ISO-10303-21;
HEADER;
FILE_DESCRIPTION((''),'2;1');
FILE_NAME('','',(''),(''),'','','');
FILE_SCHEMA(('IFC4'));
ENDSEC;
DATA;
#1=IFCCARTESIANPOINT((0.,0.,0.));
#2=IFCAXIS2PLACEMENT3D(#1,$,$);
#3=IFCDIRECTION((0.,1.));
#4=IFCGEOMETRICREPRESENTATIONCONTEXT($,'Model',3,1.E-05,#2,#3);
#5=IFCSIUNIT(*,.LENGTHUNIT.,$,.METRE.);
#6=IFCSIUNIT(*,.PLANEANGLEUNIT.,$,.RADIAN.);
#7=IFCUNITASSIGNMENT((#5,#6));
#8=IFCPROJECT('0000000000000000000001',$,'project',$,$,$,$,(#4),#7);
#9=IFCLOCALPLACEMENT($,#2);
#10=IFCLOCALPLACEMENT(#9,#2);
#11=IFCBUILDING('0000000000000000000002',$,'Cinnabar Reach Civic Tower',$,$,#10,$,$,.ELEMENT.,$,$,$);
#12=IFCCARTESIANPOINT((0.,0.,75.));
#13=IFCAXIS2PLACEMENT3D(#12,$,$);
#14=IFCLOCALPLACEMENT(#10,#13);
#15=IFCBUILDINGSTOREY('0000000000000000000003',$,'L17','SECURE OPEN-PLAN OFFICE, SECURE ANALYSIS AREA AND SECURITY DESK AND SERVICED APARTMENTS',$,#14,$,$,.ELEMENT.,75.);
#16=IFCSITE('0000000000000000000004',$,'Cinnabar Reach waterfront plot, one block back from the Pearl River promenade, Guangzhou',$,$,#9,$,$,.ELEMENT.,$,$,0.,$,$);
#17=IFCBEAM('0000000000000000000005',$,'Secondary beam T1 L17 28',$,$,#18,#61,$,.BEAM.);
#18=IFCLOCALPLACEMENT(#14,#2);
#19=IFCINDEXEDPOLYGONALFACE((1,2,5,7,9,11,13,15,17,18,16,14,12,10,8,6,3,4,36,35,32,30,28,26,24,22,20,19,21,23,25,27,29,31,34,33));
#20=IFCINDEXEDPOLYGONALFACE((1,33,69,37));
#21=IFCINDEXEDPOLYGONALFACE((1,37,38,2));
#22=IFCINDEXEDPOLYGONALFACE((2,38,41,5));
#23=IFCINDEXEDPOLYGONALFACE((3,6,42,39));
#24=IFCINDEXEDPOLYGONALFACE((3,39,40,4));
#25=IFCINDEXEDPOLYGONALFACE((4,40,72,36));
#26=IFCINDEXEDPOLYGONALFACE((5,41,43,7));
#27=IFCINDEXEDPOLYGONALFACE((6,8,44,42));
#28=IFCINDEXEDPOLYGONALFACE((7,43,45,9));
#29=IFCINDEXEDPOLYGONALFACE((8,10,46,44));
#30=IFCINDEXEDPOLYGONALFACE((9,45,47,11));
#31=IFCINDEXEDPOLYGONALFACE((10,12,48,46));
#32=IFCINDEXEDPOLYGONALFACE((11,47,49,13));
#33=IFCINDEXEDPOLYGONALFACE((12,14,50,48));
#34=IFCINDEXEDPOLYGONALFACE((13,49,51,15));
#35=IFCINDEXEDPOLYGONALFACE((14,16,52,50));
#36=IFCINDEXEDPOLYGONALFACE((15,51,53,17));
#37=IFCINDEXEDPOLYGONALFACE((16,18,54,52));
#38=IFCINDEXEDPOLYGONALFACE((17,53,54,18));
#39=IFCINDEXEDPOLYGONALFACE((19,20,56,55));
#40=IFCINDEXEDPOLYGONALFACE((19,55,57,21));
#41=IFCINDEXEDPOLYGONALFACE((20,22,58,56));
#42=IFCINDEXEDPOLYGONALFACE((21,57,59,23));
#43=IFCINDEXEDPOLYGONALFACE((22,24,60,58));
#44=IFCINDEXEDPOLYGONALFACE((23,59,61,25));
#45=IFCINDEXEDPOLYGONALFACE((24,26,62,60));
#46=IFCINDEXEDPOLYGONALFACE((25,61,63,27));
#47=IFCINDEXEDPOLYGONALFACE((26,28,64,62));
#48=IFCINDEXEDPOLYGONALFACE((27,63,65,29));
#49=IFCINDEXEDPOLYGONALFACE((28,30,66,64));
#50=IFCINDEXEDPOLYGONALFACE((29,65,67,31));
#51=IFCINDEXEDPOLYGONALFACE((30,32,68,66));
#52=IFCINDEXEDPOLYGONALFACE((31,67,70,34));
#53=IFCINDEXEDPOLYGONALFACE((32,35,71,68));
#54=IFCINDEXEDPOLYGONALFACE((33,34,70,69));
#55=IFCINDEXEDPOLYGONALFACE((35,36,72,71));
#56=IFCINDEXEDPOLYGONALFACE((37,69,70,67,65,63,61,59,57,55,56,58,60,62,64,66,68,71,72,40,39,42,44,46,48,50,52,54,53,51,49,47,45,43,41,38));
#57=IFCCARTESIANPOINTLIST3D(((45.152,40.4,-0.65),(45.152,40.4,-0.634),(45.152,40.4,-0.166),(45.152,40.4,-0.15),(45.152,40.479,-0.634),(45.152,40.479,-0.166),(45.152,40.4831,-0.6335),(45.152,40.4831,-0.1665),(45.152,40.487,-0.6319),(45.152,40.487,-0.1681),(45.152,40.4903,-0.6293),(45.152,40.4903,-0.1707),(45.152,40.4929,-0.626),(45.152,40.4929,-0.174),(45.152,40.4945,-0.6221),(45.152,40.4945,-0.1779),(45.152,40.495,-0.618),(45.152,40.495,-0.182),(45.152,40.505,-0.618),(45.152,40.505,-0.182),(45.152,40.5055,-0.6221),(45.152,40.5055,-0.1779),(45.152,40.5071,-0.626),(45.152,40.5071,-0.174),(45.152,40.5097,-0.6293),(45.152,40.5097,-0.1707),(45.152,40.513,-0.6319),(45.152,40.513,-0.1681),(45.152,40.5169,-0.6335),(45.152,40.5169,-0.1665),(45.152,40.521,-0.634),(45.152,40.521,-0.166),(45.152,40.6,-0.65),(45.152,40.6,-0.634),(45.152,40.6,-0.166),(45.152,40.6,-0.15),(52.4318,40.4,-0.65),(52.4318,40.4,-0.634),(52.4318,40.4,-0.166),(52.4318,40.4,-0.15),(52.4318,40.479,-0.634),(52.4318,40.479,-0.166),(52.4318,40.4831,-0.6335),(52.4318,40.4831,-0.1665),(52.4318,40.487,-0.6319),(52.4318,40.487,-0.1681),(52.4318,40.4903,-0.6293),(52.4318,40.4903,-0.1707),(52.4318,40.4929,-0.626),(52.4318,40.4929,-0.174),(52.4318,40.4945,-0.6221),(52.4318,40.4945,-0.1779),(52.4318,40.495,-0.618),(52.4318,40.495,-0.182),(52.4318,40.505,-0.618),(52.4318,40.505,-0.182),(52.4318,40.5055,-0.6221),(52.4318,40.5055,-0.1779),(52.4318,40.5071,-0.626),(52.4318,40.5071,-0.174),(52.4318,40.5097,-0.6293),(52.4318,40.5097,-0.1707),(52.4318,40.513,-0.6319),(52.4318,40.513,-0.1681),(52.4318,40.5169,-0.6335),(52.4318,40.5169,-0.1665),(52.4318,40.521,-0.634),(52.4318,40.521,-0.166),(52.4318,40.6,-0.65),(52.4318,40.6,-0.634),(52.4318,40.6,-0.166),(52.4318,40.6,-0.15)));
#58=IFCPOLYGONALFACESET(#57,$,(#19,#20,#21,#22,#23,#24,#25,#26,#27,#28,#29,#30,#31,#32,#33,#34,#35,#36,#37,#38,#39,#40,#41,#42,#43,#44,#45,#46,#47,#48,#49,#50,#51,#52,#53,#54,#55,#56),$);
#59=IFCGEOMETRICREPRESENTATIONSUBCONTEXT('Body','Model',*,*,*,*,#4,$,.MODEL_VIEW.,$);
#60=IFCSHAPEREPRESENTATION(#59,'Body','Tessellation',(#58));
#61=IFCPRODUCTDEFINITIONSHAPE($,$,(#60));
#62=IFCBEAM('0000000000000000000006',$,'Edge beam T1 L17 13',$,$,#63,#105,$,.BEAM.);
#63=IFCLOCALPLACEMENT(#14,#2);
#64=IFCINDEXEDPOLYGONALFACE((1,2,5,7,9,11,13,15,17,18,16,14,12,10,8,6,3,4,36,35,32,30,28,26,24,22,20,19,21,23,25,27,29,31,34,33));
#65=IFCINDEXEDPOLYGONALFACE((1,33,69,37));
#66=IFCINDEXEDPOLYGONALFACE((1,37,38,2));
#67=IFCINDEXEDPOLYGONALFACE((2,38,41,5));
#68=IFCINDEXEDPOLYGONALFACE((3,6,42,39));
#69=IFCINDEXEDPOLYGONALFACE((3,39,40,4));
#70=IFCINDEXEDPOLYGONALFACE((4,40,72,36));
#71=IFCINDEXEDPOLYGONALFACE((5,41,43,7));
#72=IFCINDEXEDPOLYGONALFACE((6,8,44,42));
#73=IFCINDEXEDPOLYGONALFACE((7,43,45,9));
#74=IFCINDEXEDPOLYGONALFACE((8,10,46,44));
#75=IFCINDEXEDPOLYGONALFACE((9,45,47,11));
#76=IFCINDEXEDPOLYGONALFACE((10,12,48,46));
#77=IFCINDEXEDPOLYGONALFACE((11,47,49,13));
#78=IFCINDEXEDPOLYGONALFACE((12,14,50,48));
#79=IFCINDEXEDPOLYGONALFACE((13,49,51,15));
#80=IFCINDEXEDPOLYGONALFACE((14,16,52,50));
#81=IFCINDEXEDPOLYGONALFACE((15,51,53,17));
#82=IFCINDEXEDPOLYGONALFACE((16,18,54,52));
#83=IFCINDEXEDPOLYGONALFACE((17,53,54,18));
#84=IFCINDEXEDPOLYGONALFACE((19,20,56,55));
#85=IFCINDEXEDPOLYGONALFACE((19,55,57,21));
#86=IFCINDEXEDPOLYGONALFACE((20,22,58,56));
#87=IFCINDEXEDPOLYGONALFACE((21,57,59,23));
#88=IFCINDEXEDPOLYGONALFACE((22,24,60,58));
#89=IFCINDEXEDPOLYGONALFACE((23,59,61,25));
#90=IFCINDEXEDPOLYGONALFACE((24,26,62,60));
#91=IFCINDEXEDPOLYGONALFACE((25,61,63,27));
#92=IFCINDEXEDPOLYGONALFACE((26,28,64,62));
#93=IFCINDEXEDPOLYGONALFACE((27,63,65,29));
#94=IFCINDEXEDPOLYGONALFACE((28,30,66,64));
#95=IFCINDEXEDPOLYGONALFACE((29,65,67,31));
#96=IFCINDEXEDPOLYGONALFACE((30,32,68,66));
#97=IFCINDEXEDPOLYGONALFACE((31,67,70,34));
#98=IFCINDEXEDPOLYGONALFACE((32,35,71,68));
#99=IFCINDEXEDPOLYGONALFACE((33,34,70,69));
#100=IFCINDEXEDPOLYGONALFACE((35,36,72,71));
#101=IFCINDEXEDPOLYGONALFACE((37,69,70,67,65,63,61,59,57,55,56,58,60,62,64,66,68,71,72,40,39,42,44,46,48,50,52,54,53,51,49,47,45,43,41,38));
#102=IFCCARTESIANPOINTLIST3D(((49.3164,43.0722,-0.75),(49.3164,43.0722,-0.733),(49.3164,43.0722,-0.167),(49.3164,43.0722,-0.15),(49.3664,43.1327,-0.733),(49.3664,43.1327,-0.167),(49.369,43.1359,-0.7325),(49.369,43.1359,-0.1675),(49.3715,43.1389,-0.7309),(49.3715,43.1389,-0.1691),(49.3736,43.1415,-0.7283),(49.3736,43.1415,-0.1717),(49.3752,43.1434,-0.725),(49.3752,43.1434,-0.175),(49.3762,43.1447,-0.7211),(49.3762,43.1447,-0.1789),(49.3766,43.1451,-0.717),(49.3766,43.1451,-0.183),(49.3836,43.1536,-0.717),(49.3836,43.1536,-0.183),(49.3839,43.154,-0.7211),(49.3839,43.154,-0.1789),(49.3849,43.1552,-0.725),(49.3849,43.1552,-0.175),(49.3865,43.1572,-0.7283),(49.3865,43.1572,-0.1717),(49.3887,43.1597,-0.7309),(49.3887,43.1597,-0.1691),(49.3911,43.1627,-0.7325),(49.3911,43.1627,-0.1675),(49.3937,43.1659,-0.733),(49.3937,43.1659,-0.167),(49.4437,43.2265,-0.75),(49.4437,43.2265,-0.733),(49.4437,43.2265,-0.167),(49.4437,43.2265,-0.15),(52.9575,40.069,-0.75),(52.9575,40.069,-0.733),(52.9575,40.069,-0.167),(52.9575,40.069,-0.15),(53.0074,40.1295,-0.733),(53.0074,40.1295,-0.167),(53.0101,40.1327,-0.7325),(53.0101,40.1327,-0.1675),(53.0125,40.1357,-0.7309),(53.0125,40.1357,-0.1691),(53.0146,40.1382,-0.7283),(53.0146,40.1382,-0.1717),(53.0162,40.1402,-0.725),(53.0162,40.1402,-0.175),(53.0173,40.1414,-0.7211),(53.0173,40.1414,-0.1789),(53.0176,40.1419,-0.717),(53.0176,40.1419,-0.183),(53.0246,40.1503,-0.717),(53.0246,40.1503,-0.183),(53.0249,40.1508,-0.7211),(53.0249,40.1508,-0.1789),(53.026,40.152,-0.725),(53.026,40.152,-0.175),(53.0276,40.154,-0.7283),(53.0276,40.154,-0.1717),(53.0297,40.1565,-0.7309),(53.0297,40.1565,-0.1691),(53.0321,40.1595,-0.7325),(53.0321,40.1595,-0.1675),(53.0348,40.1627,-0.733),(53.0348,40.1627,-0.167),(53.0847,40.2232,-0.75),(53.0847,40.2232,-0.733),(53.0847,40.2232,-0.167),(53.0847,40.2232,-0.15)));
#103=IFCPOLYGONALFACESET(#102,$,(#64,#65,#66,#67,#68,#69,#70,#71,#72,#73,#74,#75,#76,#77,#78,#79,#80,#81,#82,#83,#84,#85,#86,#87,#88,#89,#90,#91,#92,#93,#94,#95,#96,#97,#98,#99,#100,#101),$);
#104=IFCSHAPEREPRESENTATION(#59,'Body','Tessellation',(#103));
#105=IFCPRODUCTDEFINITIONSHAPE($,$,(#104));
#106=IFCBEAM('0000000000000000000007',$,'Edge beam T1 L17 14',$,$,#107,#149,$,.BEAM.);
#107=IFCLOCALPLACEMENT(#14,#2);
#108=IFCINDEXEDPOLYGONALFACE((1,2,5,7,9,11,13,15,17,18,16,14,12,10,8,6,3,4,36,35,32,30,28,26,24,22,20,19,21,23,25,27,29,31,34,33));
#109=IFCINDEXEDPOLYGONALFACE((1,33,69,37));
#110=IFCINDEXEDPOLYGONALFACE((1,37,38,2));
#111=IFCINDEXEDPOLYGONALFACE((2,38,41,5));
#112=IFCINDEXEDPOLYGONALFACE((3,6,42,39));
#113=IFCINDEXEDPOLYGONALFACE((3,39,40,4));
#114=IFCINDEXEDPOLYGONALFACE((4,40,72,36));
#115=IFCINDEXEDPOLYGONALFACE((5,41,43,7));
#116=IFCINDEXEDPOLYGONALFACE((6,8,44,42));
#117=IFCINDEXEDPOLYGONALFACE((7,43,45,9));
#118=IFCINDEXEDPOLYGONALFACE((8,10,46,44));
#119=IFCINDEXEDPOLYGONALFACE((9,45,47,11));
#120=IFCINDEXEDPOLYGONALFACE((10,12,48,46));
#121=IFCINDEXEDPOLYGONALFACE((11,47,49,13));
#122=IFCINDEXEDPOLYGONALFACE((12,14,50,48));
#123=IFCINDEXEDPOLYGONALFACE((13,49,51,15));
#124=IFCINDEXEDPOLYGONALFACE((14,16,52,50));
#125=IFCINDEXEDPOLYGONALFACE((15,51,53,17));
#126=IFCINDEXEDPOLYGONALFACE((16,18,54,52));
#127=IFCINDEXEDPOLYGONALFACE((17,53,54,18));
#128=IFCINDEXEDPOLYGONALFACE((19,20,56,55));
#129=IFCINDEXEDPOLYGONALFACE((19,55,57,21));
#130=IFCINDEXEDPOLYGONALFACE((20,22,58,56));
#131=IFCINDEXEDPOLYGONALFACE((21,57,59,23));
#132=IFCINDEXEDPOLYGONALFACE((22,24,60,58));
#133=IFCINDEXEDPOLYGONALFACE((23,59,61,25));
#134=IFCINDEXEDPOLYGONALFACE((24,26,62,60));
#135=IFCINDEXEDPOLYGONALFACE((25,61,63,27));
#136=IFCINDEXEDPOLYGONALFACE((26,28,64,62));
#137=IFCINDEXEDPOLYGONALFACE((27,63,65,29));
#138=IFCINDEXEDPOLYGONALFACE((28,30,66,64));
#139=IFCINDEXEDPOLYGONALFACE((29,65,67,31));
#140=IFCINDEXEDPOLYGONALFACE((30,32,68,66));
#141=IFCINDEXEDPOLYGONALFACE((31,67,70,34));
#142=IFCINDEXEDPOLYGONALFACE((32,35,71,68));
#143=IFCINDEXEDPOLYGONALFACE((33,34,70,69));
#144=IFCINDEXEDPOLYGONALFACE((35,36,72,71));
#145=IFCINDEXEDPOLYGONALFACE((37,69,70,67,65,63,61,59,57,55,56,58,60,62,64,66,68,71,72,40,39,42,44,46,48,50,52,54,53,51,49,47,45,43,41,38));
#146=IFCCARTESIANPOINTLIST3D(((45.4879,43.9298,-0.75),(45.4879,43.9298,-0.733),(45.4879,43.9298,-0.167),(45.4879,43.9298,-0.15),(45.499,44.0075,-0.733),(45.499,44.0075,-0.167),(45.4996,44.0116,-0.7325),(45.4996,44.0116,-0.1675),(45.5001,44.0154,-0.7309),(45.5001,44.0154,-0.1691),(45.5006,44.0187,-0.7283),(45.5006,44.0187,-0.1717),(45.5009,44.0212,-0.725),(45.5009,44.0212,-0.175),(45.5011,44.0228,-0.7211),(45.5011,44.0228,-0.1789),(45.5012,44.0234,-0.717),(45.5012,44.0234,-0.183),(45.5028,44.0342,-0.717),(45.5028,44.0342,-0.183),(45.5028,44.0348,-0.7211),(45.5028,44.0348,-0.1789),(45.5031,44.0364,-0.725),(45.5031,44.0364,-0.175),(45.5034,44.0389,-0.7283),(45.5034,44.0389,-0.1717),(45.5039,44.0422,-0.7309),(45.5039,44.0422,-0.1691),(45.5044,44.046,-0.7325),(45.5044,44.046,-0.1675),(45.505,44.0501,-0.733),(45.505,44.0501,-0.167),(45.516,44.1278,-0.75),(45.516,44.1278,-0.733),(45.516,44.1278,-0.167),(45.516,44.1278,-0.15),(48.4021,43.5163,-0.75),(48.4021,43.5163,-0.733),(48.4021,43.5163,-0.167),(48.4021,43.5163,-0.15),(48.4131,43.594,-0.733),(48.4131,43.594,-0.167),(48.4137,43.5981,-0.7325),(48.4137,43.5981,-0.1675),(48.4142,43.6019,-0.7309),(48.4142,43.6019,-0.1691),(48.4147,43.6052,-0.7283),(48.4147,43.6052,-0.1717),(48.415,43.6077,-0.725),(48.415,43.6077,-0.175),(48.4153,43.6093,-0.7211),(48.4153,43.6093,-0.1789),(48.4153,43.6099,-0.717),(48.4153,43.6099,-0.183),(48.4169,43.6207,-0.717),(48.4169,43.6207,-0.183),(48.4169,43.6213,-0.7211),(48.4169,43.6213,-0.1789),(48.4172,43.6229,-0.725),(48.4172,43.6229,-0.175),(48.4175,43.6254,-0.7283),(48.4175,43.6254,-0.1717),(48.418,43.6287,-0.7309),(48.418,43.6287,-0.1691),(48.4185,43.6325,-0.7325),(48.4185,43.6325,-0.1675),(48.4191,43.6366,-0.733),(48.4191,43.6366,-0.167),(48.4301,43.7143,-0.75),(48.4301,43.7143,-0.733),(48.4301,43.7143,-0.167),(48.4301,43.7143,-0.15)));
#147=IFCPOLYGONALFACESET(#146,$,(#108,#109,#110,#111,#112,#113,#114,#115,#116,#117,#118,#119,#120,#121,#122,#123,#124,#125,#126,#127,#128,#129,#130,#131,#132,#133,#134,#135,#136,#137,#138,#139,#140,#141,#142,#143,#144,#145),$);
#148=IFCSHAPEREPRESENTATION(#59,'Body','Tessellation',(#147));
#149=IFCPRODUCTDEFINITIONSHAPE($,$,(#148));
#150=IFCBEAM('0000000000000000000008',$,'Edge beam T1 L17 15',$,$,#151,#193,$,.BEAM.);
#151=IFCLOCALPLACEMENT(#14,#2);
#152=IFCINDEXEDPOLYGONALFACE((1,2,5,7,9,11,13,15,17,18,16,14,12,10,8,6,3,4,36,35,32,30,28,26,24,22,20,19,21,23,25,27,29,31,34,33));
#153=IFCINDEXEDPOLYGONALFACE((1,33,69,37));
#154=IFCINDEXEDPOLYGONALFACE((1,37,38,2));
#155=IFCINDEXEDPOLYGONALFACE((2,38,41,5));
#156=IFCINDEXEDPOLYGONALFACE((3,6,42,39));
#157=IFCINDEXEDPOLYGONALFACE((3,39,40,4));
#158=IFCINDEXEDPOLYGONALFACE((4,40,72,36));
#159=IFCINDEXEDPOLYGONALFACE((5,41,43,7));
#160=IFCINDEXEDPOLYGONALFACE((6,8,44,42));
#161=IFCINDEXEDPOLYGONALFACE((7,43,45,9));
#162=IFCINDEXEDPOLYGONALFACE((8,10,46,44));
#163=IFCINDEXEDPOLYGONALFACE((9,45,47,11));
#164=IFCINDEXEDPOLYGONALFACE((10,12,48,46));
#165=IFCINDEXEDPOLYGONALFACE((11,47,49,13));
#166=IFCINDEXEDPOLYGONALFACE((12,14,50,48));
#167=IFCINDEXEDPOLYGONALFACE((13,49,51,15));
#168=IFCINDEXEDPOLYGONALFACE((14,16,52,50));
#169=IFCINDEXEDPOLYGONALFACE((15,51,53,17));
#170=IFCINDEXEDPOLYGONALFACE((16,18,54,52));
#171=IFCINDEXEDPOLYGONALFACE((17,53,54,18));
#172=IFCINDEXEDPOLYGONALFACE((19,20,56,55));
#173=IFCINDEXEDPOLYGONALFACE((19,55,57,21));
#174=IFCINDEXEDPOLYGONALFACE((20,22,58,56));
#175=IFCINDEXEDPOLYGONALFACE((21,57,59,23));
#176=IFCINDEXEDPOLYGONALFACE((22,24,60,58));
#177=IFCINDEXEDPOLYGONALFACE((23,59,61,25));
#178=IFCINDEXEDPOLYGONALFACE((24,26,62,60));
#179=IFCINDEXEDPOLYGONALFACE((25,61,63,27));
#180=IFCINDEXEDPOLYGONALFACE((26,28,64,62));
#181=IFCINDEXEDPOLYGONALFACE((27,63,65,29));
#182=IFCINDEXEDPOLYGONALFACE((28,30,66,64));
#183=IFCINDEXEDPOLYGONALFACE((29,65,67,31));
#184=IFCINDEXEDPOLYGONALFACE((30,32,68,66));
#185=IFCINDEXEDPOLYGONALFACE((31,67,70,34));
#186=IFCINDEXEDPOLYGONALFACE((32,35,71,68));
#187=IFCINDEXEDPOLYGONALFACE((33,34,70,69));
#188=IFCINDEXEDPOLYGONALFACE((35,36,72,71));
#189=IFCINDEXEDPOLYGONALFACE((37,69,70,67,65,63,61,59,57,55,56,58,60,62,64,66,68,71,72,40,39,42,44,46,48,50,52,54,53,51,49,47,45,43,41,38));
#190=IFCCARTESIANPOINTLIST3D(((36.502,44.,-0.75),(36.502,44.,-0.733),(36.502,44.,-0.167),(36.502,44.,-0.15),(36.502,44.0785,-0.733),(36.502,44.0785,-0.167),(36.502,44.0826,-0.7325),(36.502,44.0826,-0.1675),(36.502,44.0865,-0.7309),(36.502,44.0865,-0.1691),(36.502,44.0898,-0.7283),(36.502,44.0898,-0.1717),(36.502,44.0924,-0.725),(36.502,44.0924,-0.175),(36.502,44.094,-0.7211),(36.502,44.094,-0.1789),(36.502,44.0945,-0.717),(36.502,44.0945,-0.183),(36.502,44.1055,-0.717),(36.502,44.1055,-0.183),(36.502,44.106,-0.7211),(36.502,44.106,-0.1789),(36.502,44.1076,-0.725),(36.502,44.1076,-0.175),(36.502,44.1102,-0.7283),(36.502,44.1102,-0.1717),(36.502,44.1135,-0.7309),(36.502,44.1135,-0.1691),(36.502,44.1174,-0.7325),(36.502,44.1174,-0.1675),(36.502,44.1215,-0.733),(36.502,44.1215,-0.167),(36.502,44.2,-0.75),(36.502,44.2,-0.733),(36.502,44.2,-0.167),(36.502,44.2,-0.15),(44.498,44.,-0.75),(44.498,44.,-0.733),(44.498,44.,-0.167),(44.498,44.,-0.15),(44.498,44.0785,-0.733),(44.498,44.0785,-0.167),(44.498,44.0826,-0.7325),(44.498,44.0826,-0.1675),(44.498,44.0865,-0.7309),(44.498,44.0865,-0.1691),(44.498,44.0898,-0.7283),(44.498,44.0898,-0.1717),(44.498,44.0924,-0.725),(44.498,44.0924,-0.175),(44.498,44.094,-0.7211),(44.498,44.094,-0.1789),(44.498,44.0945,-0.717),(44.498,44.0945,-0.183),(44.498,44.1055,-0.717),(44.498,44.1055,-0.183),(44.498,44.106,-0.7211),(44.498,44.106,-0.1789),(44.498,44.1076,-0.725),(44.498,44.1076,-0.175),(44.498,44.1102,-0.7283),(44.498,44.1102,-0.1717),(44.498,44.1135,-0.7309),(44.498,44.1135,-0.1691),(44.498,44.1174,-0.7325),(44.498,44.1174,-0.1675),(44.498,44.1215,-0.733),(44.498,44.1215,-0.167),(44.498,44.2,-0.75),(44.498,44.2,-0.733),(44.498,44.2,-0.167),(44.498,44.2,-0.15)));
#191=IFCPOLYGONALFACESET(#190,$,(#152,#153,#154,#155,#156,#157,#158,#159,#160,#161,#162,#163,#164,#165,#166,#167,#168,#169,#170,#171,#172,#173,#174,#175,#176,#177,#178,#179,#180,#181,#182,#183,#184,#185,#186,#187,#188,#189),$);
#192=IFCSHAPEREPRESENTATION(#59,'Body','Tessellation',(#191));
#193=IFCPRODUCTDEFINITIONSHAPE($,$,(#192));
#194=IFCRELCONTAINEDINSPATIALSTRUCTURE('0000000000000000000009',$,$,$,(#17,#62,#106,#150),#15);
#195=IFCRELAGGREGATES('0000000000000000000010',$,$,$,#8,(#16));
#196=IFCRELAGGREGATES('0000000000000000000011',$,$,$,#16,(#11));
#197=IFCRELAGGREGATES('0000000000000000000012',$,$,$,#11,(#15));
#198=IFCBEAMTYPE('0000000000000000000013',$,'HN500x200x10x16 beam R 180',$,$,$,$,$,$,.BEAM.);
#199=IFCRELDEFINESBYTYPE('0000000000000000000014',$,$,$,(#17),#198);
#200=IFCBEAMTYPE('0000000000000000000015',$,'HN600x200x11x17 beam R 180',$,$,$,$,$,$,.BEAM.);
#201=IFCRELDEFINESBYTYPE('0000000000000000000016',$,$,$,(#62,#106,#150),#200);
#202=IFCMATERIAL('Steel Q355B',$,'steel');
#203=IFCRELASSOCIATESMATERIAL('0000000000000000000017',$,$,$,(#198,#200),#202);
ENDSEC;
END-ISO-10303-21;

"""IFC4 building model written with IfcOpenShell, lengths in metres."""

from ifc_helpers import new_model, si_unit, direction, frame, origin, origin_2d, place, context, subcontext, project, spatial, i_section, extrude, material, material_profile, profile_set, type_object, element, save


model = new_model("IFC4")

# Units and contexts
model_context = context("Model", 3, precision=1e-05, world=origin(), true_north=direction((0.0, 1.0)))
body_context = subcontext(model_context, "Body", "Model", "MODEL_VIEW")
ifc_project = project(units=[si_unit("LENGTHUNIT", "METRE"), si_unit("PLANEANGLEUNIT", "RADIAN")], contexts=[model_context])

# Site, building, storey
site_placement = place(None, origin())
site = spatial("IfcSite", under=ifc_project, at=site_placement, Name="Cinnabar Reach waterfront plot, one block back from the Pearl River promenade, Guangzhou", CompositionType="ELEMENT", RefElevation=0.0)
building_placement = place(site_placement, origin())
building = spatial("IfcBuilding", under=site, at=building_placement, Name="Cinnabar Reach Civic Tower", CompositionType="ELEMENT")
storey_placement = place(building_placement, frame((0.0, 0.0, 75.0)))
storey = spatial("IfcBuildingStorey", under=building, at=storey_placement, Name="L17", Description="SECURE OPEN-PLAN OFFICE, SECURE ANALYSIS AREA AND SECURITY DESK AND SERVICED APARTMENTS", CompositionType="ELEMENT", Elevation=75.0)

# Beams
ifc_material_1 = material(Name="Steel Q355B", Category="steel")
ifc_material_profile_1 = material_profile(ifc_material_1, i_section(OverallWidth=0.2, OverallDepth=0.5, WebThickness=0.01, FlangeThickness=0.016, FilletRadius=0.016, at=origin_2d()), Name="HN500x200x10x16")
ifc_profile_set_1 = profile_set([ifc_material_profile_1], Name="Steel Q355B")
beam_type_1 = type_object("IfcBeamType", Name="HN500x200x10x16 beam R 180", PredefinedType="BEAM", material=ifc_profile_set_1)
beam_1_placement = place(storey_placement, frame((45.152, 40.5, -0.4), z_axis=(1.0, 0.0, 0.0), x_axis=(0.0, 1.0, 0.0)))
element("IfcBeam", 1, at=beam_1_placement, inside=storey, type_object=beam_type_1, Name="Secondary beam T1 L17 28", PredefinedType="BEAM", context=body_context, shape_type="SweptSolid", body=[
    extrude(i_section(OverallWidth=0.2, OverallDepth=0.5, WebThickness=0.01, FlangeThickness=0.016, FilletRadius=0.016, at=origin_2d()), origin(), (0.0, 0.0, 1.0), 7.2798),
])
ifc_material_profile_2 = material_profile(ifc_material_1, i_section(OverallWidth=0.2, OverallDepth=0.6, WebThickness=0.011, FlangeThickness=0.017, FilletRadius=0.016, at=origin_2d()), Name="HN600x200x11x17")
ifc_profile_set_2 = profile_set([ifc_material_profile_2], Name="Steel Q355B")
beam_type_2 = type_object("IfcBeamType", Name="HN600x200x11x17 beam R 180", PredefinedType="BEAM", material=ifc_profile_set_2)
beam_2_placement = place(storey_placement, frame((53.0211, 40.1461, -0.45), z_axis=(-0.771438, 0.636304, 0.0), x_axis=(-0.636304, -0.771438, 0.0)))
element("IfcBeam", 2, at=beam_2_placement, inside=storey, type_object=beam_type_2, Name="Edge beam T1 L17 13", PredefinedType="BEAM", context=body_context, shape_type="SweptSolid", body=[
    extrude(i_section(OverallWidth=0.2, OverallDepth=0.6, WebThickness=0.011, FlangeThickness=0.017, FilletRadius=0.016, at=origin_2d()), origin(), (0.0, 0.0, 1.0), 4.7198),
])
beam_3_placement = place(storey_placement, frame((48.4161, 43.6153, -0.45), z_axis=(-0.990082, 0.140489, 0.0), x_axis=(-0.140489, -0.990082, 0.0)))
element("IfcBeam", 3, at=beam_3_placement, inside=storey, type_object=beam_type_2, Name="Edge beam T1 L17 14", PredefinedType="BEAM", context=body_context, shape_type="SweptSolid", body=[
    extrude(i_section(OverallWidth=0.2, OverallDepth=0.6, WebThickness=0.011, FlangeThickness=0.017, FilletRadius=0.016, at=origin_2d()), origin(), (0.0, 0.0, 1.0), 2.9433),
])
beam_4_placement = place(storey_placement, frame((44.498, 44.1, -0.45), z_axis=(-1.0, 0.0, 0.0), x_axis=(0.0, -1.0, 0.0)))
element("IfcBeam", 4, at=beam_4_placement, inside=storey, type_object=beam_type_2, Name="Edge beam T1 L17 15", PredefinedType="BEAM", context=body_context, shape_type="SweptSolid", body=[
    extrude(i_section(OverallWidth=0.2, OverallDepth=0.6, WebThickness=0.011, FlangeThickness=0.017, FilletRadius=0.016, at=origin_2d()), origin(), (0.0, 0.0, 1.0), 7.996),
])

save(model, "model.ifc")
